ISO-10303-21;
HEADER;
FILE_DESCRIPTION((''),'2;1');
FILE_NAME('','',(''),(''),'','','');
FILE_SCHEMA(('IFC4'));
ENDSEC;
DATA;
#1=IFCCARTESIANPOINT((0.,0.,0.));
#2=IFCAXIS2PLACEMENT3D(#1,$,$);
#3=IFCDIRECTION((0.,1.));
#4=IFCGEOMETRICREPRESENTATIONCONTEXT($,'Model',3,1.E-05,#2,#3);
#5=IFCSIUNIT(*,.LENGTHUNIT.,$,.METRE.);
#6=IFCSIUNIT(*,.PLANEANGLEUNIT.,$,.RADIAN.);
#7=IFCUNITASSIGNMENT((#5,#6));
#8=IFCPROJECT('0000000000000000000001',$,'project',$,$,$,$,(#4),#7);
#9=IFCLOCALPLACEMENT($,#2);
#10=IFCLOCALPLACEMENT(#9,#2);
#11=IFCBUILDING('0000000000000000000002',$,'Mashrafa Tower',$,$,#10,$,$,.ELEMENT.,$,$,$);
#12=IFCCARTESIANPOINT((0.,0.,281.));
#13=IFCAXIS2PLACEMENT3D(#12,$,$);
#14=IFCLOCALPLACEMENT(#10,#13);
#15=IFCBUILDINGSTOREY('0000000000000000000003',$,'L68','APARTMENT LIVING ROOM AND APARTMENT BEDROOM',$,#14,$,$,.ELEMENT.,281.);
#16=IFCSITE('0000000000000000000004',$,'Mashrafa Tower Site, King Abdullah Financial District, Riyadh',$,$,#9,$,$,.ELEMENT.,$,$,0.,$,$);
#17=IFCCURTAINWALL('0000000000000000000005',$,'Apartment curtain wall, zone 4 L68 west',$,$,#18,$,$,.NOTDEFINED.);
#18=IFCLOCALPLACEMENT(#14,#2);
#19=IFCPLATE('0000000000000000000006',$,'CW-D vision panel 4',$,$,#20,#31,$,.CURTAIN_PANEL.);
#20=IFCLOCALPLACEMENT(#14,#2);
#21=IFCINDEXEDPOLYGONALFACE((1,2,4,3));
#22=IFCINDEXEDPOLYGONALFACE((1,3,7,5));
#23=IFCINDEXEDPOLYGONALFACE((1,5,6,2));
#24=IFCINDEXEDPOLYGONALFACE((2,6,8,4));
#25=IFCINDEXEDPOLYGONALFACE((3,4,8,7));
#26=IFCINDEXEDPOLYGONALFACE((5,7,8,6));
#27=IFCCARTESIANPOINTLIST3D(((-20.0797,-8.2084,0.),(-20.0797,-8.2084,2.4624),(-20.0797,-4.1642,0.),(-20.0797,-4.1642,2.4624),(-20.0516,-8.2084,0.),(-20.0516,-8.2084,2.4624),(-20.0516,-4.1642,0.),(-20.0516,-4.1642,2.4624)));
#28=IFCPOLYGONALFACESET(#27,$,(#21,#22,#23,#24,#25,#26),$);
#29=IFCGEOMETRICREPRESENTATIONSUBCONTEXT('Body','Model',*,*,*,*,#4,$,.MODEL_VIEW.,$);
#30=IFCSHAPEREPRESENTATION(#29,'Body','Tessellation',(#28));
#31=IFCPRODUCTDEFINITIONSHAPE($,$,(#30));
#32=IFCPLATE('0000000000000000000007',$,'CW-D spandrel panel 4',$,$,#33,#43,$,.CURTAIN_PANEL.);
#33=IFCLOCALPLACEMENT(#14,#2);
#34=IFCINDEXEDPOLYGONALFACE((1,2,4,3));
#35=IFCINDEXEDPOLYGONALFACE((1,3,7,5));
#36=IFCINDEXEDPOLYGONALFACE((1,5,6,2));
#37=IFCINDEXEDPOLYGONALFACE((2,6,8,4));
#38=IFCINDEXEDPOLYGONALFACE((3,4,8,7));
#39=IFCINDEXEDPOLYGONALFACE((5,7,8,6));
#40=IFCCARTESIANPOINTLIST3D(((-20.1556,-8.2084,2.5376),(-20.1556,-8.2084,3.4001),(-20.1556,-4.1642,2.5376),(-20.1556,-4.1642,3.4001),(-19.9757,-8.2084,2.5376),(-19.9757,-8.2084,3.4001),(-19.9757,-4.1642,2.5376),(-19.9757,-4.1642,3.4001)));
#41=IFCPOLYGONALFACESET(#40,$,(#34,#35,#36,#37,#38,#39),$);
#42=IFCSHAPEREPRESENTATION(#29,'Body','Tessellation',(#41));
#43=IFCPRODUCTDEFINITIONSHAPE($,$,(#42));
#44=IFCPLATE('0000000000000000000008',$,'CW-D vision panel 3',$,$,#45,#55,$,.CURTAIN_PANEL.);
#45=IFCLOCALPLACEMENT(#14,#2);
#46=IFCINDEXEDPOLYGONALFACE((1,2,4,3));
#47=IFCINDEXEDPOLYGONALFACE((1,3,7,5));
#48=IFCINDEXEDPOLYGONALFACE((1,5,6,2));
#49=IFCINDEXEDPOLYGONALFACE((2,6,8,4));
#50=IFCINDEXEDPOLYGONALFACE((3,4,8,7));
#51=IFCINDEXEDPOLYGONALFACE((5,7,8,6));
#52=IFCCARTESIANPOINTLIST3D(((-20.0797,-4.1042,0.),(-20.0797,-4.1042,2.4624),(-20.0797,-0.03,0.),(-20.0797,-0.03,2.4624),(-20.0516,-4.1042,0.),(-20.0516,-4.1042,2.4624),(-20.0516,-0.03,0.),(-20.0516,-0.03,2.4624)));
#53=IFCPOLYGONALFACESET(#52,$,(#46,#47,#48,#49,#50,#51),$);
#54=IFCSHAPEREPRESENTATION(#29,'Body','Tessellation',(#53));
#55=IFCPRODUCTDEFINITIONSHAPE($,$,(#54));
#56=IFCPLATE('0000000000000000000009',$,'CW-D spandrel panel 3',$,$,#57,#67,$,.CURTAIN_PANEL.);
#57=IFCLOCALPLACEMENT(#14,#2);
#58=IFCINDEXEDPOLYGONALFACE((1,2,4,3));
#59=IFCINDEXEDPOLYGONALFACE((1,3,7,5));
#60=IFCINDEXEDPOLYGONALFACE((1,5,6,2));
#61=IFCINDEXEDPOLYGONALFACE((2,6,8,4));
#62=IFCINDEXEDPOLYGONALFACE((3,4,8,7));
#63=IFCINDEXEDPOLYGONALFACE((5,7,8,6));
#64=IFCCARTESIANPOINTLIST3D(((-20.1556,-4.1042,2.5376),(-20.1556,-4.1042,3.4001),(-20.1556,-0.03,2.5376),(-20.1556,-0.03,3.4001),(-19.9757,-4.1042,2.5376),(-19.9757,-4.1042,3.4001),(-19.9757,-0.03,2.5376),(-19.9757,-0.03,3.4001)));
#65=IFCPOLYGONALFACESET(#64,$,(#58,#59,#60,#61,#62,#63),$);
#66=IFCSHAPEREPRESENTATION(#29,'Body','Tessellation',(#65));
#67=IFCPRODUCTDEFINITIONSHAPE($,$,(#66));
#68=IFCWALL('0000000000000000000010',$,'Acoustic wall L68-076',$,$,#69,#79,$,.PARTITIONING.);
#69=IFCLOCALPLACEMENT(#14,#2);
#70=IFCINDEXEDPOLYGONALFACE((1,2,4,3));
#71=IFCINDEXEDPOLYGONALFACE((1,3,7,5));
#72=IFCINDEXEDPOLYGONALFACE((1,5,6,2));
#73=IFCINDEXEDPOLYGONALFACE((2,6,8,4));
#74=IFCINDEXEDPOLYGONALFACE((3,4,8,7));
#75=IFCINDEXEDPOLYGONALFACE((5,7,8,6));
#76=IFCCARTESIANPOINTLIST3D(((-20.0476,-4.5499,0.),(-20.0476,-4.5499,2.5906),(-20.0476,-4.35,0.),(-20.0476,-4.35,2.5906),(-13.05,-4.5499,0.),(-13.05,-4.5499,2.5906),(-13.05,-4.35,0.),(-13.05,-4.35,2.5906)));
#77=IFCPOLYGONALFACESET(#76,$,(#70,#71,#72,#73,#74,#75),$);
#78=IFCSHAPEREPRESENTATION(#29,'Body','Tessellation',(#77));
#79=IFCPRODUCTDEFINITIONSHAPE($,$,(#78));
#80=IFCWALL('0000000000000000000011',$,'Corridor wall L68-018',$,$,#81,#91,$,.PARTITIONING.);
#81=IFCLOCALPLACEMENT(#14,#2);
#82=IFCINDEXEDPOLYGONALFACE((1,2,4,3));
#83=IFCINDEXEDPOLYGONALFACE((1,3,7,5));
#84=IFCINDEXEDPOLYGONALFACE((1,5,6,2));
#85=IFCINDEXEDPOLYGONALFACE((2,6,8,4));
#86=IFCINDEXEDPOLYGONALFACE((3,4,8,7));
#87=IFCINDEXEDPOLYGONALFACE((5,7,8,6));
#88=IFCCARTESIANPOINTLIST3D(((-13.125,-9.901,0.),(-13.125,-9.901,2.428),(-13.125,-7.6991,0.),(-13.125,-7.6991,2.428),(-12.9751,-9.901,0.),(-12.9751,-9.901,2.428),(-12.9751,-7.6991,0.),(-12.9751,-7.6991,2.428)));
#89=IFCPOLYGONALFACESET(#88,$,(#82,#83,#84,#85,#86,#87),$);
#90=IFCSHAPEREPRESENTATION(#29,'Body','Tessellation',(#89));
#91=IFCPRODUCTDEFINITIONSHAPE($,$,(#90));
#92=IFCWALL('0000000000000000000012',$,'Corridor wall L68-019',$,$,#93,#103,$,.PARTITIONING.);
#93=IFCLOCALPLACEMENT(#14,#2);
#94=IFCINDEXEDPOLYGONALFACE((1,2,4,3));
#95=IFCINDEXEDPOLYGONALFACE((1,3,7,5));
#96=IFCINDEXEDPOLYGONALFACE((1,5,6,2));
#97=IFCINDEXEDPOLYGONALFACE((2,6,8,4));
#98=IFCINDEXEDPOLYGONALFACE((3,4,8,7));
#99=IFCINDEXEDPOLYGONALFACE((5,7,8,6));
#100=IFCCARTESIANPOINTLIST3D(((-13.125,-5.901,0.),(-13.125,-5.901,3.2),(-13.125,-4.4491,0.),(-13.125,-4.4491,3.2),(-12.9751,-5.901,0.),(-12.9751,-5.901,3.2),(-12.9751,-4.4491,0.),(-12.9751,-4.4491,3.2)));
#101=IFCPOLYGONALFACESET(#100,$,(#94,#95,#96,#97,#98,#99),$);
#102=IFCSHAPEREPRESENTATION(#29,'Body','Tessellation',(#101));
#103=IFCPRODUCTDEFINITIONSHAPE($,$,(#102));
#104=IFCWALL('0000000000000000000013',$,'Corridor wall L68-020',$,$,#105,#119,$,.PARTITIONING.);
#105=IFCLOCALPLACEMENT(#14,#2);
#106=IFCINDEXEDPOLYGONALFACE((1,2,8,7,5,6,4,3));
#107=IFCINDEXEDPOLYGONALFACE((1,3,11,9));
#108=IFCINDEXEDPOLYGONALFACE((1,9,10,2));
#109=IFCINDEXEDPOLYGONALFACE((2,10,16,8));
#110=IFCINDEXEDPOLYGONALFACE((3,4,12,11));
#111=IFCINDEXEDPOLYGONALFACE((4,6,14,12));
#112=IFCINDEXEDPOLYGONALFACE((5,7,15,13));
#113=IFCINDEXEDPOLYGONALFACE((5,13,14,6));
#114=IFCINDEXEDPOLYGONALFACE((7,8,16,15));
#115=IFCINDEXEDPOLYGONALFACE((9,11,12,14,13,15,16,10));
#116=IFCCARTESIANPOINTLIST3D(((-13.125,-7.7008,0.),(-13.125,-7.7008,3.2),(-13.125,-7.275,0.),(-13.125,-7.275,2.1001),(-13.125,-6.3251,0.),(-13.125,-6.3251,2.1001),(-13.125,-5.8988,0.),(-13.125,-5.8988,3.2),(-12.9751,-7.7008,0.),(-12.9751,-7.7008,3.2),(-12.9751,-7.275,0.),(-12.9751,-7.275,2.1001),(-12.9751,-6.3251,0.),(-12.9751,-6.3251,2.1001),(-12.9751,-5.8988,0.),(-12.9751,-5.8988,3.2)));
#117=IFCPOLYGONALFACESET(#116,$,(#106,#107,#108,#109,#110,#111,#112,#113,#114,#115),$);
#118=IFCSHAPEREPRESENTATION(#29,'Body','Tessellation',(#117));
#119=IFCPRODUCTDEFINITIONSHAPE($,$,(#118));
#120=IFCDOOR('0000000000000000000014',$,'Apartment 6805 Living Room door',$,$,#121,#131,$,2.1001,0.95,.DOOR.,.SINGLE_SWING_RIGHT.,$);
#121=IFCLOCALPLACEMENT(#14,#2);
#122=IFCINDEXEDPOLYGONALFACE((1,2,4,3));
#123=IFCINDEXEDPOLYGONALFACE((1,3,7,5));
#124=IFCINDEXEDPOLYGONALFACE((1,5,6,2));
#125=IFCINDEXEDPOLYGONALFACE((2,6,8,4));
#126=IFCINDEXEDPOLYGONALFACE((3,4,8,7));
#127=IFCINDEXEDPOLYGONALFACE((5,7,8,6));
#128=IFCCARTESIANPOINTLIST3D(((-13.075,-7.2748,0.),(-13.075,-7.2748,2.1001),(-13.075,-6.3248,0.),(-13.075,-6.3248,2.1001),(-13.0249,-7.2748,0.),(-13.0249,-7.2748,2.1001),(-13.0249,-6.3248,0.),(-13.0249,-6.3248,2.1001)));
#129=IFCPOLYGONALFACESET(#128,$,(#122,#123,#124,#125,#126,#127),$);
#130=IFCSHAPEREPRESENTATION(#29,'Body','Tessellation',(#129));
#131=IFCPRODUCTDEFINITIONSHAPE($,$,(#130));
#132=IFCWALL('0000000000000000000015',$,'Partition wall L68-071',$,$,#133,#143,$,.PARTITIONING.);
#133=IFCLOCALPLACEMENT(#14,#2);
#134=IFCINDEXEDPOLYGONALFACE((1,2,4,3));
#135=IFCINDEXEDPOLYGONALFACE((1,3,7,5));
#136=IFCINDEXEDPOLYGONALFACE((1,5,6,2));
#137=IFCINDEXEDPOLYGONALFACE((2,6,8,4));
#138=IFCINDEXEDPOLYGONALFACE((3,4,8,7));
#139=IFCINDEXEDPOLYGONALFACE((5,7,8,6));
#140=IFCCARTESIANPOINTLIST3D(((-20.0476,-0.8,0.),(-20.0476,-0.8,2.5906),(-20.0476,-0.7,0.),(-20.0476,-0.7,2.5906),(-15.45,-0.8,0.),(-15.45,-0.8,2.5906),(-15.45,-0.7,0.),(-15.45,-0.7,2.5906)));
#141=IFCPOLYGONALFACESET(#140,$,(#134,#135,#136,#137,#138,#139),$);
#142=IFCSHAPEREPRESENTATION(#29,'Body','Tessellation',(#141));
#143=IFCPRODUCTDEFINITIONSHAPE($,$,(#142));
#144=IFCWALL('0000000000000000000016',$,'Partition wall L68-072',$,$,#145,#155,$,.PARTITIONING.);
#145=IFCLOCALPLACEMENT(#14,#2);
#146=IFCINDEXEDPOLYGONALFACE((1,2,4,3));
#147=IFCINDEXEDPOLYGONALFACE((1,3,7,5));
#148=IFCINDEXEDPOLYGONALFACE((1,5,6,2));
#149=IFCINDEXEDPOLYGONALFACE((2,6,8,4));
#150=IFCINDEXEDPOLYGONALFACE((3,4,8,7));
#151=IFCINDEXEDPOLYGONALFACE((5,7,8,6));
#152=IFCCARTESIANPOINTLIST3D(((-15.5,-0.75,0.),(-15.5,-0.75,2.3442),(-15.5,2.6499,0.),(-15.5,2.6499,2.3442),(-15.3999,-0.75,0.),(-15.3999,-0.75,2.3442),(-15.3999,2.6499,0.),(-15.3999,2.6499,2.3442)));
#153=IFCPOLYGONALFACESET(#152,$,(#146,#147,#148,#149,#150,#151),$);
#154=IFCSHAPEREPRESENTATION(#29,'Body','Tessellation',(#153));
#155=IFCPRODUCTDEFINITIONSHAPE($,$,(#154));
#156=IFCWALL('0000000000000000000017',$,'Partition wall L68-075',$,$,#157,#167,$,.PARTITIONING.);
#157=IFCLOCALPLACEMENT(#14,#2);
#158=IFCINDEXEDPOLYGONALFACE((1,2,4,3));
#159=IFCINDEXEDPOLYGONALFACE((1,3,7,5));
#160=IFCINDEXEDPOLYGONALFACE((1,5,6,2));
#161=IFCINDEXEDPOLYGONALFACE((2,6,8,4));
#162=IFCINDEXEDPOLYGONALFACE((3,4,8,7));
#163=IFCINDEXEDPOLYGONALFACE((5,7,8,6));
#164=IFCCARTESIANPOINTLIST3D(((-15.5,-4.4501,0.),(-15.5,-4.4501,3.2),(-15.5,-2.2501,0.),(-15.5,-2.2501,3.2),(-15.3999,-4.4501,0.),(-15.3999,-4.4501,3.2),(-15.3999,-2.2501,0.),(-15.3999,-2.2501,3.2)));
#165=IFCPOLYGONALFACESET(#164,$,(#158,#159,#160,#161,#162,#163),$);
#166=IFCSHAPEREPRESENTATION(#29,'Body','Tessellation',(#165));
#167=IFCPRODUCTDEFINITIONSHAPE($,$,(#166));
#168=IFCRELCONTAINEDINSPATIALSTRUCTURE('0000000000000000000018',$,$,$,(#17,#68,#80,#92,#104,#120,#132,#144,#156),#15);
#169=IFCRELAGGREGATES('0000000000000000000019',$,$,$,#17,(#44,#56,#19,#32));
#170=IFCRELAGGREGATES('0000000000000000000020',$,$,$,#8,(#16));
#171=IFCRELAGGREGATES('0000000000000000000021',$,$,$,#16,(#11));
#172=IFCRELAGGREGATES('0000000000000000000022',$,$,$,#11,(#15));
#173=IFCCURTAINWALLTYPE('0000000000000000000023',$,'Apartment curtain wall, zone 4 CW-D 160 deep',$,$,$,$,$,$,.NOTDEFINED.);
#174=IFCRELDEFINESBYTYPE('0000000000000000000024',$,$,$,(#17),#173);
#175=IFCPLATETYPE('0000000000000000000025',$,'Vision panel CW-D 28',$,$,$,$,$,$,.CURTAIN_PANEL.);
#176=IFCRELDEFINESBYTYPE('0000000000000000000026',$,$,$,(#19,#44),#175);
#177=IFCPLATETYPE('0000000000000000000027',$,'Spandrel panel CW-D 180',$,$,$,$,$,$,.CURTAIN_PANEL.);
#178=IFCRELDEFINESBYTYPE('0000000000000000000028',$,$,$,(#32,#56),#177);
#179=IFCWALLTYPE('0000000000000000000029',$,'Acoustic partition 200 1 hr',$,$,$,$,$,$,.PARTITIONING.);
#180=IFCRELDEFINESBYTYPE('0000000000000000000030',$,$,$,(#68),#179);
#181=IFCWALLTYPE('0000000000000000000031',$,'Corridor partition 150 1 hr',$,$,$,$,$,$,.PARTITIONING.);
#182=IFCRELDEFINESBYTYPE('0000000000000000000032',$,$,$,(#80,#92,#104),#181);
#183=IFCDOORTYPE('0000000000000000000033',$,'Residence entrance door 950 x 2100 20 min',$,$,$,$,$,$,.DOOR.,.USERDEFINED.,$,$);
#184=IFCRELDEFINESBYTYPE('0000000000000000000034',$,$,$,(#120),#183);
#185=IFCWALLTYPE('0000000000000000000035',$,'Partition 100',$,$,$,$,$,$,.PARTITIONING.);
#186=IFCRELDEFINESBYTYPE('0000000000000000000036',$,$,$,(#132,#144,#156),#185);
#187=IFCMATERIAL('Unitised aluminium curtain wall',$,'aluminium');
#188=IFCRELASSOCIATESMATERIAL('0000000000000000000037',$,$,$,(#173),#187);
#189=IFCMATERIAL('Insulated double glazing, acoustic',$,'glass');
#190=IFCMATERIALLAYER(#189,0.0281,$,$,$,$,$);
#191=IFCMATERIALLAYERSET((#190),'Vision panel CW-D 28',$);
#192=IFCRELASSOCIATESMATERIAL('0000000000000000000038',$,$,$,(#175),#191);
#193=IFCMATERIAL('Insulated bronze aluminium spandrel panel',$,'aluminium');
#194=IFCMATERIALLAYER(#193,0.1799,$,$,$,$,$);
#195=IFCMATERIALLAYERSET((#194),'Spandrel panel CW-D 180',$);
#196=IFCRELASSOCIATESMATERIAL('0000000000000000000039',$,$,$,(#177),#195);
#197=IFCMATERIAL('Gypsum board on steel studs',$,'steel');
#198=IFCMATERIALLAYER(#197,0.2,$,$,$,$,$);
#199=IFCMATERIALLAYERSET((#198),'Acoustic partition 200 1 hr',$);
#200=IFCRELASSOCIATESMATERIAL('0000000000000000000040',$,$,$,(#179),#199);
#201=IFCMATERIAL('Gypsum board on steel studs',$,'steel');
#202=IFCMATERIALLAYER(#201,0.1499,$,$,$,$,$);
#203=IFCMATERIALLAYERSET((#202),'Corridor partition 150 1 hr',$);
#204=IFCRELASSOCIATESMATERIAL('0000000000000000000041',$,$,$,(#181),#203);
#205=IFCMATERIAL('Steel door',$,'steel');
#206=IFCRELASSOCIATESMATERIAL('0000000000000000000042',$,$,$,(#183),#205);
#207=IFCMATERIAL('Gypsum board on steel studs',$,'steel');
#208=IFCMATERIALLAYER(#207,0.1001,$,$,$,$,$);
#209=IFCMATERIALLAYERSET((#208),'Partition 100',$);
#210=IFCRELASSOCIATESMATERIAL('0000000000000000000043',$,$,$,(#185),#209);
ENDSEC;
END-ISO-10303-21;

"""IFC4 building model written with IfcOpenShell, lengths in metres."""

from ifc_helpers import new_model, si_unit, direction, frame, frame_2d, origin, origin_2d, place, context, subcontext, project, spatial, rectangle, extrude, source, transform, mapped, material, layer, layer_set, type_object, type_shapes, element, fill, aggregate, save


model = new_model("IFC4")

# Units and contexts
model_context = context("Model", 3, precision=1e-05, world=origin(), true_north=direction((0.0, 1.0)))
body_context = subcontext(model_context, "Body", "Model", "MODEL_VIEW")
ifc_project = project(units=[si_unit("LENGTHUNIT", "METRE"), si_unit("PLANEANGLEUNIT", "RADIAN")], contexts=[model_context])

# Site, building, storey
site_placement = place(None, origin())
site = spatial("IfcSite", under=ifc_project, at=site_placement, Name="Mashrafa Tower Site, King Abdullah Financial District, Riyadh", CompositionType="ELEMENT", RefElevation=0.0)
building_placement = place(site_placement, origin())
building = spatial("IfcBuilding", under=site, at=building_placement, Name="Mashrafa Tower", CompositionType="ELEMENT")
storey_placement = place(building_placement, frame((0.0, 0.0, 281.0)))
storey = spatial("IfcBuildingStorey", under=building, at=storey_placement, Name="L68", Description="APARTMENT LIVING ROOM AND APARTMENT BEDROOM", CompositionType="ELEMENT", Elevation=281.0)

# Curtain wall, plates
ifc_material_1 = material(Name="Unitised aluminium curtain wall", Category="aluminium")
curtain_wall_type = type_object("IfcCurtainWallType", Name="Apartment curtain wall, zone 4 CW-D 160 deep", PredefinedType="NOTDEFINED", material=ifc_material_1)
curtain_wall_placement = place(storey_placement, origin())
curtain_wall = element("IfcCurtainWall", 1, at=curtain_wall_placement, inside=storey, type_object=curtain_wall_type, Name="Apartment curtain wall, zone 4 L68 west", PredefinedType="NOTDEFINED")
ifc_material_2 = material(Name="Insulated double glazing, acoustic", Category="glass")
ifc_layer_1 = layer(ifc_material_2, 0.0281)
ifc_layer_set_1 = layer_set([ifc_layer_1], Name="Vision panel CW-D 28")
plate_type_1 = type_object("IfcPlateType", Name="Vision panel CW-D 28", PredefinedType="CURTAIN_PANEL", material=ifc_layer_set_1)
shared_shape_1 = source(origin(), body_context, "Body", "SweptSolid", [
    extrude(rectangle(XDim=4.0442, YDim=0.0281, at=origin_2d()), origin(), (0.0, 0.0, 1.0), 2.4624),
])
plate_1_placement = place(storey_placement, frame((-20.0657, -6.1863, 0.0), z_axis=(0.0, 0.0, 1.0), x_axis=(0.0, -1.0, 0.0)))
plate_1 = element("IfcPlate", 2, at=plate_1_placement, type_object=plate_type_1, Name="CW-D vision panel 4", PredefinedType="CURTAIN_PANEL", context=body_context, shape_type="MappedRepresentation", body=[
    mapped(shared_shape_1, transform((0.0, 0.0, 0.0))),
])
ifc_material_3 = material(Name="Insulated bronze aluminium spandrel panel", Category="aluminium")
ifc_layer_2 = layer(ifc_material_3, 0.1799)
ifc_layer_set_2 = layer_set([ifc_layer_2], Name="Spandrel panel CW-D 180")
plate_type_2 = type_object("IfcPlateType", Name="Spandrel panel CW-D 180", PredefinedType="CURTAIN_PANEL", material=ifc_layer_set_2)
shared_shape_2 = source(origin(), body_context, "Body", "SweptSolid", [
    extrude(rectangle(XDim=4.0442, YDim=0.1799, at=origin_2d()), origin(), (0.0, 0.0, 1.0), 0.8625),
])
plate_2_placement = place(storey_placement, frame((-20.0657, -6.1863, 2.5376), z_axis=(0.0, 0.0, 1.0), x_axis=(0.0, -1.0, 0.0)))
plate_2 = element("IfcPlate", 3, at=plate_2_placement, type_object=plate_type_2, Name="CW-D spandrel panel 4", PredefinedType="CURTAIN_PANEL", context=body_context, shape_type="MappedRepresentation", body=[
    mapped(shared_shape_2, transform((0.0, 0.0, 0.0))),
])
shared_shape_3 = source(origin(), body_context, "Body", "SweptSolid", [
    extrude(rectangle(XDim=4.0742, YDim=0.0281, at=origin_2d()), origin(), (0.0, 0.0, 1.0), 2.4624),
])
type_shapes(plate_type_1, [shared_shape_1, shared_shape_3])
plate_3_placement = place(storey_placement, frame((-20.0657, -2.0671, 0.0), z_axis=(0.0, 0.0, 1.0), x_axis=(0.0, -1.0, 0.0)))
plate_3 = element("IfcPlate", 4, at=plate_3_placement, type_object=plate_type_1, Name="CW-D vision panel 3", PredefinedType="CURTAIN_PANEL", context=body_context, shape_type="MappedRepresentation", body=[
    mapped(shared_shape_3, transform((0.0, 0.0, 0.0))),
])
shared_shape_4 = source(origin(), body_context, "Body", "SweptSolid", [
    extrude(rectangle(XDim=4.0742, YDim=0.1799, at=origin_2d()), origin(), (0.0, 0.0, 1.0), 0.8625),
])
type_shapes(plate_type_2, [shared_shape_2, shared_shape_4])
plate_4_placement = place(storey_placement, frame((-20.0657, -2.0671, 2.5376), z_axis=(0.0, 0.0, 1.0), x_axis=(0.0, -1.0, 0.0)))
plate_4 = element("IfcPlate", 5, at=plate_4_placement, type_object=plate_type_2, Name="CW-D spandrel panel 3", PredefinedType="CURTAIN_PANEL", context=body_context, shape_type="MappedRepresentation", body=[
    mapped(shared_shape_4, transform((0.0, 0.0, 0.0))),
])
aggregate(curtain_wall, [plate_3, plate_4, plate_1, plate_2])

# Walls
ifc_material_4 = material(Name="Gypsum board on steel studs", Category="steel")
ifc_layer_3 = layer(ifc_material_4, 0.2)
ifc_layer_set_3 = layer_set([ifc_layer_3], Name="Acoustic partition 200 1 hr")
wall_type_1 = type_object("IfcWallType", Name="Acoustic partition 200 1 hr", PredefinedType="PARTITIONING", material=ifc_layer_set_3)
wall_1_placement = place(storey_placement, frame((-13.05, -4.45, 0.0), z_axis=(0.0, 0.0, 1.0), x_axis=(-1.0, 0.0, 0.0)))
element("IfcWall", 6, at=wall_1_placement, inside=storey, type_object=wall_type_1, Name="Acoustic wall L68-076", PredefinedType="PARTITIONING", context=body_context, shape_type="SweptSolid", body=[
    extrude(rectangle(XDim=6.9976, YDim=0.2, at=frame_2d((3.4988, 0.0))), origin(), (0.0, 0.0, 1.0), 2.5906),
])
ifc_material_5 = material(Name="Gypsum board on steel studs", Category="steel")
ifc_layer_4 = layer(ifc_material_5, 0.1499)
ifc_layer_set_4 = layer_set([ifc_layer_4], Name="Corridor partition 150 1 hr")
wall_type_2 = type_object("IfcWallType", Name="Corridor partition 150 1 hr", PredefinedType="PARTITIONING", material=ifc_layer_set_4)
wall_2_placement = place(storey_placement, frame((-13.05, -7.699, 0.0), z_axis=(0.0, 0.0, 1.0), x_axis=(0.0, -1.0, 0.0)))
element("IfcWall", 7, at=wall_2_placement, inside=storey, type_object=wall_type_2, Name="Corridor wall L68-018", PredefinedType="PARTITIONING", context=body_context, shape_type="SweptSolid", body=[
    extrude(rectangle(XDim=2.2019, YDim=0.1499, at=frame_2d((1.1011, 0.0))), origin(), (0.0, 0.0, 1.0), 2.428),
])
wall_3_placement = place(storey_placement, frame((-13.05, -4.449, 0.0), z_axis=(0.0, 0.0, 1.0), x_axis=(0.0, -1.0, 0.0)))
element("IfcWall", 8, at=wall_3_placement, inside=storey, type_object=wall_type_2, Name="Corridor wall L68-019", PredefinedType="PARTITIONING", context=body_context, shape_type="SweptSolid", body=[
    extrude(rectangle(XDim=1.4519, YDim=0.1499, at=frame_2d((0.7261, 0.0))), origin(), (0.0, 0.0, 1.0), 3.2),
])

# Wall, opening, door
wall_4_placement = place(storey_placement, frame((-13.05, -5.8989, 0.0), z_axis=(0.0, 0.0, 1.0), x_axis=(0.0, -1.0, 0.0)))
wall_4 = element("IfcWall", 9, at=wall_4_placement, inside=storey, type_object=wall_type_2, Name="Corridor wall L68-020", PredefinedType="PARTITIONING", context=body_context, shape_type="SweptSolid", body=[
    extrude(rectangle(XDim=1.802, YDim=0.1499, at=frame_2d((0.9009, 0.0))), origin(), (0.0, 0.0, 1.0), 3.2),
])
opening_1_placement = place(wall_4_placement, frame((0.426, 0.0, 0.0)))
opening_1 = element("IfcOpeningElement", 10, at=opening_1_placement, cuts=wall_4, PredefinedType="OPENING", context=body_context, shape_type="SweptSolid", body=[
    extrude(rectangle(XDim=0.95, YDim=2.1001, at=frame_2d((0.4751, 1.05))), frame((0.0, 0.085, 0.0), z_axis=(0.0, -1.0, 0.0), x_axis=(1.0, 0.0, 0.0)), (0.0, 0.0, 1.0), 0.1699),
])
ifc_material_6 = material(Name="Steel door", Category="steel")
door_type_1 = type_object("IfcDoorType", Name="Residence entrance door 950 x 2100 20 min", OperationType="USERDEFINED", PredefinedType="DOOR", material=ifc_material_6)
door_1_placement = place(opening_1_placement, frame((0.95, 0.0, 0.0), z_axis=(0.0, 0.0, 1.0), x_axis=(-1.0, 0.0, 0.0)))
door_1 = element("IfcDoor", 11, at=door_1_placement, inside=storey, type_object=door_type_1, Name="Apartment 6805 Living Room door", OperationType="SINGLE_SWING_RIGHT", OverallHeight=2.1001, OverallWidth=0.95, PredefinedType="DOOR", context=body_context, shape_type="SweptSolid", body=[
    extrude(rectangle(XDim=0.95, YDim=2.1001, at=frame_2d((0.4751, 1.05))), frame((0.0, 0.0249, 0.0), z_axis=(0.0, -1.0, 0.0), x_axis=(1.0, 0.0, 0.0)), (0.0, 0.0, 1.0), 0.05),
])
fill(opening_1, door_1)

# Walls
ifc_material_7 = material(Name="Gypsum board on steel studs", Category="steel")
ifc_layer_5 = layer(ifc_material_7, 0.1001)
ifc_layer_set_5 = layer_set([ifc_layer_5], Name="Partition 100")
wall_type_3 = type_object("IfcWallType", Name="Partition 100", PredefinedType="PARTITIONING", material=ifc_layer_set_5)
wall_5_placement = place(storey_placement, frame((-20.0476, -0.75, 0.0), z_axis=(0.0, 0.0, 1.0), x_axis=(1.0, 0.0, 0.0)))
element("IfcWall", 12, at=wall_5_placement, inside=storey, type_object=wall_type_3, Name="Partition wall L68-071", PredefinedType="PARTITIONING", context=body_context, shape_type="SweptSolid", body=[
    extrude(rectangle(XDim=4.5977, YDim=0.1001, at=frame_2d((2.2988, 0.0))), origin(), (0.0, 0.0, 1.0), 2.5906),
])
wall_6_placement = place(storey_placement, frame((-15.45, -0.75, 0.0), z_axis=(0.0, 0.0, 1.0), x_axis=(0.0, 1.0, 0.0)))
element("IfcWall", 13, at=wall_6_placement, inside=storey, type_object=wall_type_3, Name="Partition wall L68-072", PredefinedType="PARTITIONING", context=body_context, shape_type="SweptSolid", body=[
    extrude(rectangle(XDim=3.3999, YDim=0.1001, at=frame_2d((1.7, 0.0))), origin(), (0.0, 0.0, 1.0), 2.3442),
])
wall_7_placement = place(storey_placement, frame((-15.45, -2.25, 0.0), z_axis=(0.0, 0.0, 1.0), x_axis=(0.0, -1.0, 0.0)))
element("IfcWall", 14, at=wall_7_placement, inside=storey, type_object=wall_type_3, Name="Partition wall L68-075", PredefinedType="PARTITIONING", context=body_context, shape_type="SweptSolid", body=[
    extrude(rectangle(XDim=2.2, YDim=0.1001, at=frame_2d((1.1001, 0.0))), origin(), (0.0, 0.0, 1.0), 3.2),
])

save(model, "model.ifc")
